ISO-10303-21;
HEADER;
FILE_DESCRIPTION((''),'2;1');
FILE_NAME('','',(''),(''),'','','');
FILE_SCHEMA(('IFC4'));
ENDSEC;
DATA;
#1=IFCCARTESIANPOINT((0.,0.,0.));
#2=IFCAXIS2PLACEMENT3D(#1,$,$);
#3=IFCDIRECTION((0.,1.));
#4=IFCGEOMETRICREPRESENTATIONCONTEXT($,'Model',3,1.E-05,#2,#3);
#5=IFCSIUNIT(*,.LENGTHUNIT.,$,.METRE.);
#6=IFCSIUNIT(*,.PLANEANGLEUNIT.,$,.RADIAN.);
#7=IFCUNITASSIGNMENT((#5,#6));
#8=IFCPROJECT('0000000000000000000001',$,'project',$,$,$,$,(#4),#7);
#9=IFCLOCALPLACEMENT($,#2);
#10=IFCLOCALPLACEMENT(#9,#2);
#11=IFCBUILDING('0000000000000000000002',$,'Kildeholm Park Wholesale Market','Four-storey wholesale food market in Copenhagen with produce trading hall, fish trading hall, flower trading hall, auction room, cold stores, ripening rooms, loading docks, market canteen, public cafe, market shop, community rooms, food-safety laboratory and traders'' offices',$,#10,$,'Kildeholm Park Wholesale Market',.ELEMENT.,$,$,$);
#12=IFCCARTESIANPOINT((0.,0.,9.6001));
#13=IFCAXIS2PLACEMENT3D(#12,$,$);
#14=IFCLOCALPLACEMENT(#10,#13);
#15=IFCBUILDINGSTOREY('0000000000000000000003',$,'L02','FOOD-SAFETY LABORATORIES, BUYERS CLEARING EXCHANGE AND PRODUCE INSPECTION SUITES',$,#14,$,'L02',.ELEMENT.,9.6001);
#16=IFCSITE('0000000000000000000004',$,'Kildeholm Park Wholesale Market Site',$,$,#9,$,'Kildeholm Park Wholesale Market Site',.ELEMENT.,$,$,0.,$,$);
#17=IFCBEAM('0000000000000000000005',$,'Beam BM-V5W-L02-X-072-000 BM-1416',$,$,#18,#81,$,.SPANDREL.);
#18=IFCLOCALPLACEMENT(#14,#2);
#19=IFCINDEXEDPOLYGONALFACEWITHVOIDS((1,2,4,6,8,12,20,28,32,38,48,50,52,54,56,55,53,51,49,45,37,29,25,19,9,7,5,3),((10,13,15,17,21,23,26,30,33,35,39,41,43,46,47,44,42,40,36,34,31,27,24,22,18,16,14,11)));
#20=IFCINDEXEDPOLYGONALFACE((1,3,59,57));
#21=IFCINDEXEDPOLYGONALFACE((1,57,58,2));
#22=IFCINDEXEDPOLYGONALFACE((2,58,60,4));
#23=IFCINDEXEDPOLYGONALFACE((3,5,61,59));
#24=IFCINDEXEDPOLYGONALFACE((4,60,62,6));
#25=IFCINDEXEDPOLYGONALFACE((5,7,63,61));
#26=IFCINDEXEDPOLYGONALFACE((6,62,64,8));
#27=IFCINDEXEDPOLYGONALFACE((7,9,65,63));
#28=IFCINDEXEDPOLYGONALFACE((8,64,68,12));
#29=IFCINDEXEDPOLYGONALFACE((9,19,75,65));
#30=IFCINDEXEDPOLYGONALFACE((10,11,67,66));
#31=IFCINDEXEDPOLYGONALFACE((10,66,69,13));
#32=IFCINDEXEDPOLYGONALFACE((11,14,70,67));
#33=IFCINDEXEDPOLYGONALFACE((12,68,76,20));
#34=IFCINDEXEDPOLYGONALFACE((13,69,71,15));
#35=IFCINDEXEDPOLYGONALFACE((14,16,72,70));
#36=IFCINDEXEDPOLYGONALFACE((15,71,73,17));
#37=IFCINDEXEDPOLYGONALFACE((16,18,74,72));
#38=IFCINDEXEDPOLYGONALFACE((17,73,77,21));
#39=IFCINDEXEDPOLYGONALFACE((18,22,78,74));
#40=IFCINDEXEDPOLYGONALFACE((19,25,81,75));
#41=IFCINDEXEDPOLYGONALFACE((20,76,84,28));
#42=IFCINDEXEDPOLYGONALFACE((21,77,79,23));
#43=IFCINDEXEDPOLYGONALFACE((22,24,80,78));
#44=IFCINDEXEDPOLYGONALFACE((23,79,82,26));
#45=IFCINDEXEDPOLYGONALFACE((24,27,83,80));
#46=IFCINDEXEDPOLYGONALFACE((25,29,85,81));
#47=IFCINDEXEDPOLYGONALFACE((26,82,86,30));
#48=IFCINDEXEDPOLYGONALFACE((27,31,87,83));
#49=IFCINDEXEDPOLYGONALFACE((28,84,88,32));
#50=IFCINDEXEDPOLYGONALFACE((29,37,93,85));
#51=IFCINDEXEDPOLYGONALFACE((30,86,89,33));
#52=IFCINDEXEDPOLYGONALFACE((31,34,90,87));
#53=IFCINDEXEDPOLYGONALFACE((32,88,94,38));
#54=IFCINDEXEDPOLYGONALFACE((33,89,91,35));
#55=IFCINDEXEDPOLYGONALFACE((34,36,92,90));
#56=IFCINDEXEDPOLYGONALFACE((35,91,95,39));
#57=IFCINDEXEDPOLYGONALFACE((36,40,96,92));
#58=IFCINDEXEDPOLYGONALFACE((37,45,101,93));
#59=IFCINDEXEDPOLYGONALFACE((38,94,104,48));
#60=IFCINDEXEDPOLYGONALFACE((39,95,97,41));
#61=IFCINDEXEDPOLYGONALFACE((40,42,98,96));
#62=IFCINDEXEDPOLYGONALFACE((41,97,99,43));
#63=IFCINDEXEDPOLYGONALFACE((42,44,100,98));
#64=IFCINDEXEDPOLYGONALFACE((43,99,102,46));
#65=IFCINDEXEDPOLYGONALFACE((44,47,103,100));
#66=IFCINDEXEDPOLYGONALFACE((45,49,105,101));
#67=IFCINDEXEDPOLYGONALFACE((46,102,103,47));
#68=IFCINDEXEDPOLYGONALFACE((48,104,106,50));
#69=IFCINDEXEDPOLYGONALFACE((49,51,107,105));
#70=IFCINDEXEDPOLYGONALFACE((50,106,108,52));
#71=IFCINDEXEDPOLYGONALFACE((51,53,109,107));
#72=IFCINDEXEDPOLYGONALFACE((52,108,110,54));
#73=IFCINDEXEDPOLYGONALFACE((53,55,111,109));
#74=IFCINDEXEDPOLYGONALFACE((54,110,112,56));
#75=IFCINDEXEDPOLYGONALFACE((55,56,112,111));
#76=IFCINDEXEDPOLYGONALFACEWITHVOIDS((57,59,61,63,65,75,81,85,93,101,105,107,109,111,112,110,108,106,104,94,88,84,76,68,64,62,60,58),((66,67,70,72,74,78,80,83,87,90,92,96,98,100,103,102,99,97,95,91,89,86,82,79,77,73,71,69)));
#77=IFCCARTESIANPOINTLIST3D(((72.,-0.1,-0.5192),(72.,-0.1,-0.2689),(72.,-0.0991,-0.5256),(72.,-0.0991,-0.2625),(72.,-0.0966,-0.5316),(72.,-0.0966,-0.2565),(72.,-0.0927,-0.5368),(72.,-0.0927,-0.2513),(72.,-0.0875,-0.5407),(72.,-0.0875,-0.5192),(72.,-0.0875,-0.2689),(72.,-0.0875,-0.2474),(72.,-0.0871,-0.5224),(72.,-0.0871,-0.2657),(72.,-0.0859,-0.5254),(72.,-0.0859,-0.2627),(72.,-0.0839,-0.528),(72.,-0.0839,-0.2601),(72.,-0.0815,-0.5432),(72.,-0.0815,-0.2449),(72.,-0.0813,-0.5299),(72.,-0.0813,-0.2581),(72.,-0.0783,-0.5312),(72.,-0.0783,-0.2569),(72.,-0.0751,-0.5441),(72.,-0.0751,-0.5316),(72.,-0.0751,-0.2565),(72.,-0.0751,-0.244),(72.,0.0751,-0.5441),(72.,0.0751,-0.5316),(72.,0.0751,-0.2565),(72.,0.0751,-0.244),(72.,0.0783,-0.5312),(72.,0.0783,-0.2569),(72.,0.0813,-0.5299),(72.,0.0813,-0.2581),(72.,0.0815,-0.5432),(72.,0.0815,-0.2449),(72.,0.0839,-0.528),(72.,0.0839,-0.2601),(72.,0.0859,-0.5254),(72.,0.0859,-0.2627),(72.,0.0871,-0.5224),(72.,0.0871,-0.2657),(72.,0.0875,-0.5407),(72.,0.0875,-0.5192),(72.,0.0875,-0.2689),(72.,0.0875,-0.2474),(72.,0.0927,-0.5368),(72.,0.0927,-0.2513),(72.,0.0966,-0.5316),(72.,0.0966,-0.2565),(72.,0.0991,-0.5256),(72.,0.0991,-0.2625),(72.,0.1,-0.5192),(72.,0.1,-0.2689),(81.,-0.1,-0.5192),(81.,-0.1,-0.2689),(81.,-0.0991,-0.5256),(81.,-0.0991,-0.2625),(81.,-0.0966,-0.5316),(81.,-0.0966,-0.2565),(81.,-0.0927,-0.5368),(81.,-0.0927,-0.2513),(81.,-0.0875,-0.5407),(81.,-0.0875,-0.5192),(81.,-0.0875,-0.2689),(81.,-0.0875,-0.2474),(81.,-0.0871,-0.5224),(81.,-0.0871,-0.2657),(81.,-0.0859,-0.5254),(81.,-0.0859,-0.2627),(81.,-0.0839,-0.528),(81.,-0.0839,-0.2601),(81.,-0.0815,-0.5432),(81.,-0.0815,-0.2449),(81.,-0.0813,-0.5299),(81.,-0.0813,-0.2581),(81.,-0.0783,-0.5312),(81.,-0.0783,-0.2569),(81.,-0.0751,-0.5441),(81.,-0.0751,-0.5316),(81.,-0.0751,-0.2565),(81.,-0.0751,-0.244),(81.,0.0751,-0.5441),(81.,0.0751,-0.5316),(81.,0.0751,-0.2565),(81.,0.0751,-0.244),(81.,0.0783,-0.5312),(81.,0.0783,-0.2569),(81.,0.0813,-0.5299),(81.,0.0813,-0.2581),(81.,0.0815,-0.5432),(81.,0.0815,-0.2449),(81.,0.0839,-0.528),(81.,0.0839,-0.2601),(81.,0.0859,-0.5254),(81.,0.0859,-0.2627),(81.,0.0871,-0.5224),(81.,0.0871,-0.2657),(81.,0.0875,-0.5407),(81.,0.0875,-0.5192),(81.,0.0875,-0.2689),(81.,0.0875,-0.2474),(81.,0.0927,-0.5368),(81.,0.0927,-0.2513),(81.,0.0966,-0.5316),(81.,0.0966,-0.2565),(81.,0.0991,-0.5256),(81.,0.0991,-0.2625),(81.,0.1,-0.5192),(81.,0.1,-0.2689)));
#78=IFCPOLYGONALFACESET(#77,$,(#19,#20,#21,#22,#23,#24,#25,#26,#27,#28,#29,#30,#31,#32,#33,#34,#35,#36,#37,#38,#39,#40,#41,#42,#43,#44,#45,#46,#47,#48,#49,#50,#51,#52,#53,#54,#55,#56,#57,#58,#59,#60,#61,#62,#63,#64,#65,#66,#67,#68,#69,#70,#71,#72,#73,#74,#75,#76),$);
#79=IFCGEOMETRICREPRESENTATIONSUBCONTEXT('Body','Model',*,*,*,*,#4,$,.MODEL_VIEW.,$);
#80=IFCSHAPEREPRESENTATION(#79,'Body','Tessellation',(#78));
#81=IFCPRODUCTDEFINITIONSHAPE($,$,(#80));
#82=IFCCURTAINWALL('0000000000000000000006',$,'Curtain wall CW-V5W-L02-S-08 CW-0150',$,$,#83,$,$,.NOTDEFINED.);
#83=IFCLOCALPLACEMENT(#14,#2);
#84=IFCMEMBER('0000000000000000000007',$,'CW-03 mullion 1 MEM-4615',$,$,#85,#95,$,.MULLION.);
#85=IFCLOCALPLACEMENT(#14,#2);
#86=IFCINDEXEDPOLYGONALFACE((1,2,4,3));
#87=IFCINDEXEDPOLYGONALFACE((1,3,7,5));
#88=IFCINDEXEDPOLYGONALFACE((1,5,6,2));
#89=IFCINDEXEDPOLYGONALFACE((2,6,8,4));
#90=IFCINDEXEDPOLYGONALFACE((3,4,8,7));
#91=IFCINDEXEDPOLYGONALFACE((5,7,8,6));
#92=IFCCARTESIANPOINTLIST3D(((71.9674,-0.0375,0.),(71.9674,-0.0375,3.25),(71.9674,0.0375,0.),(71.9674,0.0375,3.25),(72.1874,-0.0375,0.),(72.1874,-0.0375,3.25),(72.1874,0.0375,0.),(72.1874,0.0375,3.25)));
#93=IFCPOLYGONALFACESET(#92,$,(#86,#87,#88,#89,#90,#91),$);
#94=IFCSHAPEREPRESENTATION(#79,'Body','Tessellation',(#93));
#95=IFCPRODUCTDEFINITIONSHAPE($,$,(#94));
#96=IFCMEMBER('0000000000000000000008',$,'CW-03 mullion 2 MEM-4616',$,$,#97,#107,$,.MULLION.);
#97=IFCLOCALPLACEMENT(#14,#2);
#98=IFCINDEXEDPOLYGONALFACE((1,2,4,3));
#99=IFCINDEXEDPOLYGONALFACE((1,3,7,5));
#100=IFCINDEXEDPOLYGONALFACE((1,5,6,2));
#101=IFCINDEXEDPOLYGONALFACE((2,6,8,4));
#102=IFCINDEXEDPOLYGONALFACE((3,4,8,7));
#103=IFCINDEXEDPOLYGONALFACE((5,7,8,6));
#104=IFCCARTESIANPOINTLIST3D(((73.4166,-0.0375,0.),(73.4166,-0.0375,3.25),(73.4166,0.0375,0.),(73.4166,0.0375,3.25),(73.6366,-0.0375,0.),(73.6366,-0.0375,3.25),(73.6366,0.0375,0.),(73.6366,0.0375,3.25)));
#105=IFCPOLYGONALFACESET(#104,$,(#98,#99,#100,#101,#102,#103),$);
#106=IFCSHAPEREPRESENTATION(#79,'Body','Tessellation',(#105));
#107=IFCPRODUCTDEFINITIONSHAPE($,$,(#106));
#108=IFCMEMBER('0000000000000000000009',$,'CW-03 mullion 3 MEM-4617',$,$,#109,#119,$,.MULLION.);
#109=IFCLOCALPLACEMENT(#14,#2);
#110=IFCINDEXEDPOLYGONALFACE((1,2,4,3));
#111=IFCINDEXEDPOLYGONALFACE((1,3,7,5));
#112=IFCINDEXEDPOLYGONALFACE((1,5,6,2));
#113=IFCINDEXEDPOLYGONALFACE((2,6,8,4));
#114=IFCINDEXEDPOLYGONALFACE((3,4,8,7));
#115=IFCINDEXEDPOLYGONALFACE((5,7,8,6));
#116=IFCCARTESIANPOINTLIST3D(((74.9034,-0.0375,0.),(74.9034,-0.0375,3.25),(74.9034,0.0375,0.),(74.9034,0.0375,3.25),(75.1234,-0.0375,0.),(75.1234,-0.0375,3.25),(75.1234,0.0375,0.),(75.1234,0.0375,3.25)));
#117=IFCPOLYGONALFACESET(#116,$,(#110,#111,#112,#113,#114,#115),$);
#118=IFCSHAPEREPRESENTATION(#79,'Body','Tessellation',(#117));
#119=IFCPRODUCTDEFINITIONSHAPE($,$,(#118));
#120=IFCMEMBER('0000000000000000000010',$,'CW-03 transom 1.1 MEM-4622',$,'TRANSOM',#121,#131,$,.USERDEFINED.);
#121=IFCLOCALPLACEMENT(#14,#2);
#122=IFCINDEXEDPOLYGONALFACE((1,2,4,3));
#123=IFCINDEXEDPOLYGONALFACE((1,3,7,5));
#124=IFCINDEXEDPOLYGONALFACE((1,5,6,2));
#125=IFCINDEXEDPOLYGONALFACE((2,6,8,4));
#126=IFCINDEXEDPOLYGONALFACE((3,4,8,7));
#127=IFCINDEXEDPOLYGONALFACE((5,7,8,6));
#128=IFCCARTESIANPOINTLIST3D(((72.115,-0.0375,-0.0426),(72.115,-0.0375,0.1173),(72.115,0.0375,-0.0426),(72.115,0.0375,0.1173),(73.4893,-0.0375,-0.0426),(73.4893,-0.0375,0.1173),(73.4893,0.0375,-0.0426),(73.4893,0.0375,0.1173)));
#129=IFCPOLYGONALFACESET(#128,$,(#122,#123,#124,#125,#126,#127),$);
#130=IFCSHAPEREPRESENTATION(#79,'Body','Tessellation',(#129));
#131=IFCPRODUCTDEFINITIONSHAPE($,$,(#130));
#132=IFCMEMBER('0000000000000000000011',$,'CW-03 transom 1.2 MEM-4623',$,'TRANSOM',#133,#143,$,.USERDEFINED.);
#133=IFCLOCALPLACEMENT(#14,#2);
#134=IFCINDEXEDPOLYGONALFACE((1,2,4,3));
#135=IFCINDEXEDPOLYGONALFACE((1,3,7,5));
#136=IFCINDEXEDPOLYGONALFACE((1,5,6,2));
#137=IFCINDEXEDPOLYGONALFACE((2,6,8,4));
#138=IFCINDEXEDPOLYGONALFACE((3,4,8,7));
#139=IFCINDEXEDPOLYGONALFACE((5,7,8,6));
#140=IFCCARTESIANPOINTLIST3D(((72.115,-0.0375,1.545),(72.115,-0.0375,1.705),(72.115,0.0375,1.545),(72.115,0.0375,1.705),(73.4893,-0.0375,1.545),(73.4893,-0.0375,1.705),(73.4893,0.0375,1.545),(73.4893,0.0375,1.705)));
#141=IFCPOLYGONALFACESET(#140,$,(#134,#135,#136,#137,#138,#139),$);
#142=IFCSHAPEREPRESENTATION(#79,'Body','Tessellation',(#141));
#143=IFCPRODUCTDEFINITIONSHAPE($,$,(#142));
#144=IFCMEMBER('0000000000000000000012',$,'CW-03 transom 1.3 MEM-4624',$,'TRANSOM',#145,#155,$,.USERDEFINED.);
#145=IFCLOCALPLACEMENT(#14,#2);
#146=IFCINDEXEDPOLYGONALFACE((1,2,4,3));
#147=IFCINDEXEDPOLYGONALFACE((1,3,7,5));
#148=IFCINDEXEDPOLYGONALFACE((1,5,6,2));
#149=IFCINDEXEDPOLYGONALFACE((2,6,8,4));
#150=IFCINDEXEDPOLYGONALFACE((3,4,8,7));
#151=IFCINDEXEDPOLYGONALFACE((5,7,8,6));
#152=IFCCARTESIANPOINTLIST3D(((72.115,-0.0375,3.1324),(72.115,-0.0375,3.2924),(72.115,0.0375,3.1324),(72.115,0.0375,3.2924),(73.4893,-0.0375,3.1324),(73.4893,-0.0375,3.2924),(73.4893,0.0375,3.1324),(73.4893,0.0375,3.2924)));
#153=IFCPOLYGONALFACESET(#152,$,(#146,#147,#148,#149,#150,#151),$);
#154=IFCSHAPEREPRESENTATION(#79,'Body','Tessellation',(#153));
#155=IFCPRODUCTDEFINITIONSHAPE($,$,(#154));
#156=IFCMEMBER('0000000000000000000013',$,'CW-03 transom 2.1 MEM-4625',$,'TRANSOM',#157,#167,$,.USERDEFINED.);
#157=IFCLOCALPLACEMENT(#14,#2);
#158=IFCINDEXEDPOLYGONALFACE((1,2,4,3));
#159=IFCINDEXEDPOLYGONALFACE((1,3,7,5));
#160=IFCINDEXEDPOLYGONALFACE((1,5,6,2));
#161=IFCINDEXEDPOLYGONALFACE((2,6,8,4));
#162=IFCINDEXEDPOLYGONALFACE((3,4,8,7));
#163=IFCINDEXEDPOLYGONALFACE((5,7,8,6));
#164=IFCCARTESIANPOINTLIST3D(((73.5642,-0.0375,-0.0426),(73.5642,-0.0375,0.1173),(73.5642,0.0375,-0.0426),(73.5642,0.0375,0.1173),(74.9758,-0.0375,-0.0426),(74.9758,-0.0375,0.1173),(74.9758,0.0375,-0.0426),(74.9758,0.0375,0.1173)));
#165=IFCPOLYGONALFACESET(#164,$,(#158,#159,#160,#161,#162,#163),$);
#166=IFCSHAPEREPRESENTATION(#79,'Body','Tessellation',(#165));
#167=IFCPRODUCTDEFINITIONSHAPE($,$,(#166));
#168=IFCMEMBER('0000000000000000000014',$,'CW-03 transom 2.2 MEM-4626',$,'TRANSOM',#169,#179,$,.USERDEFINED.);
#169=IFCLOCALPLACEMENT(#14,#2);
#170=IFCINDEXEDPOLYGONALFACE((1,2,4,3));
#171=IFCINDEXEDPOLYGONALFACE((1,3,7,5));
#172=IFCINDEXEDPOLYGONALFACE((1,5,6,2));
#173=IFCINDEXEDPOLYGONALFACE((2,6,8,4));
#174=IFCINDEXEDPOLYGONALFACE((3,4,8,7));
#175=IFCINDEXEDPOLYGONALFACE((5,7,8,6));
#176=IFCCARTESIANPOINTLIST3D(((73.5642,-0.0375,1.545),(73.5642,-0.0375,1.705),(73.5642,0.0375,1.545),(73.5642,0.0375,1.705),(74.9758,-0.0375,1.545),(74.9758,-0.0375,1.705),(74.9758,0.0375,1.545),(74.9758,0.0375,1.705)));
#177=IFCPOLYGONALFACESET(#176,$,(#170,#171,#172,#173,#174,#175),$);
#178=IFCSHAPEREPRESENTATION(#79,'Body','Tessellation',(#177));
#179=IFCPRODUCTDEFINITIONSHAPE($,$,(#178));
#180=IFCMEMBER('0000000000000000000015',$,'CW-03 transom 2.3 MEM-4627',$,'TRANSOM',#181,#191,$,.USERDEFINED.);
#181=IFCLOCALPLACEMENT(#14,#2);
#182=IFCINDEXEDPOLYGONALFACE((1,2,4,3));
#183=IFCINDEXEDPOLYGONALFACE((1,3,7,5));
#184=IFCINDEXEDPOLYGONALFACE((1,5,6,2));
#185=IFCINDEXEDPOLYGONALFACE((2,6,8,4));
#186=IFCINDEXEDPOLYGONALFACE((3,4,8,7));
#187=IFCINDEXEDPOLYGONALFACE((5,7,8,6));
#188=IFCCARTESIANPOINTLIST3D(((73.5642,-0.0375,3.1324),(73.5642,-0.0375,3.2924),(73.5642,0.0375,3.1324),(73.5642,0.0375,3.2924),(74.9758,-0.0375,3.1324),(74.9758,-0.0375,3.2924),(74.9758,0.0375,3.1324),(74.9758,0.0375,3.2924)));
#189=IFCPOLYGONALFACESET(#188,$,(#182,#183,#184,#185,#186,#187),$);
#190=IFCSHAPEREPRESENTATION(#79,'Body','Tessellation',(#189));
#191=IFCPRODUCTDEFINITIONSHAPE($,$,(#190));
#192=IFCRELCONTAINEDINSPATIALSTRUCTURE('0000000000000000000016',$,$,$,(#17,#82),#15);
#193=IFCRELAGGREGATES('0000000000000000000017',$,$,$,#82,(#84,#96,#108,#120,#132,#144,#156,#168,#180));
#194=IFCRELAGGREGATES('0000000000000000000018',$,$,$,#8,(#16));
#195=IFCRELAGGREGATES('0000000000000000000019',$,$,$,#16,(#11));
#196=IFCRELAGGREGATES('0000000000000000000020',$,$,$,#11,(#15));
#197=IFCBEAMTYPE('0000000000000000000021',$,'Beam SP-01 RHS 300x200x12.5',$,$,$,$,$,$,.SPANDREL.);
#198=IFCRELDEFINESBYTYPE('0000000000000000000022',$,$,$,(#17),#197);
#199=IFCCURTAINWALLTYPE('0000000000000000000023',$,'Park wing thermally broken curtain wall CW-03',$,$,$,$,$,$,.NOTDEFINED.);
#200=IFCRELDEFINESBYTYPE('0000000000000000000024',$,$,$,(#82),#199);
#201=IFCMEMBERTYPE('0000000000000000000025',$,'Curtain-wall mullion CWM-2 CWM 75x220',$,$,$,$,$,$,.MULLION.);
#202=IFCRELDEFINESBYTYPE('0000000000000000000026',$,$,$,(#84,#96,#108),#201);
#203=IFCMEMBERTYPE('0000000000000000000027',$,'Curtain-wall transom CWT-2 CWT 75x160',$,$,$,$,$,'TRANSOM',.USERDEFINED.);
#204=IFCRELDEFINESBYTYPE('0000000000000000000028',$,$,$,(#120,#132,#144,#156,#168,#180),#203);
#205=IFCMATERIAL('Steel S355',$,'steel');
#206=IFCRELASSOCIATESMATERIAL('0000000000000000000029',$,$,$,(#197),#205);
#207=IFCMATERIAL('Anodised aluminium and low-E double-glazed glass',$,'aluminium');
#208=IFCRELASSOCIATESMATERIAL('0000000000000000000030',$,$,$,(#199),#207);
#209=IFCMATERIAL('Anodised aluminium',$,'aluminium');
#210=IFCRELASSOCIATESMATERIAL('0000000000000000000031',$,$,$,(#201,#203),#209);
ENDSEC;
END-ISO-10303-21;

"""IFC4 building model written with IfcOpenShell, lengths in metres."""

from ifc_helpers import new_model, si_unit, direction, frame, origin, origin_2d, place, context, subcontext, project, spatial, rectangle, hollow_rectangle, extrude, material, material_profile, profile_set, type_object, element, aggregate, save


model = new_model("IFC4")

# Units and contexts
model_context = context("Model", 3, precision=1e-05, world=origin(), true_north=direction((0.0, 1.0)))
body_context = subcontext(model_context, "Body", "Model", "MODEL_VIEW")
ifc_project = project(units=[si_unit("LENGTHUNIT", "METRE"), si_unit("PLANEANGLEUNIT", "RADIAN")], contexts=[model_context])

# Site, building, storey
site_placement = place(None, origin())
site = spatial("IfcSite", under=ifc_project, at=site_placement, Name="Kildeholm Park Wholesale Market Site", LongName="Kildeholm Park Wholesale Market Site", CompositionType="ELEMENT", RefElevation=0.0)
building_placement = place(site_placement, origin())
building = spatial("IfcBuilding", under=site, at=building_placement, Name="Kildeholm Park Wholesale Market", Description="Four-storey wholesale food market in Copenhagen with produce trading hall, fish trading hall, flower trading hall, auction room, cold stores, ripening rooms, loading docks, market canteen, public cafe, market shop, community rooms, food-safety laboratory and traders' offices", LongName="Kildeholm Park Wholesale Market", CompositionType="ELEMENT")
storey_placement = place(building_placement, frame((0.0, 0.0, 9.6001)))
storey = spatial("IfcBuildingStorey", under=building, at=storey_placement, Name="L02", Description="FOOD-SAFETY LABORATORIES, BUYERS CLEARING EXCHANGE AND PRODUCE INSPECTION SUITES", LongName="L02", CompositionType="ELEMENT", Elevation=9.6001)

# Shared definitions
ifc_material_1 = material(Name="Steel S355", Category="steel")

# Beam
ifc_material_profile_1 = material_profile(ifc_material_1, hollow_rectangle(XDim=0.2, YDim=0.3, WallThickness=0.0125, InnerFilletRadius=0.0125, OuterFilletRadius=0.0249, at=origin_2d()), Name="RHS 300x200x12.5")
ifc_profile_set_1 = profile_set([ifc_material_profile_1], Name="Steel S355")
beam_type_1 = type_object("IfcBeamType", Name="Beam SP-01 RHS 300x200x12.5", PredefinedType="SPANDREL", material=ifc_profile_set_1)
beam_1_placement = place(storey_placement, frame((72.0, 0.0, -0.394), z_axis=(1.0, 0.0, 0.0), x_axis=(0.0, 1.0, 0.0)))
element("IfcBeam", 1, at=beam_1_placement, inside=storey, type_object=beam_type_1, Name="Beam BM-V5W-L02-X-072-000 BM-1416", PredefinedType="SPANDREL", context=body_context, shape_type="SweptSolid", body=[
    extrude(hollow_rectangle(XDim=0.2, YDim=0.3, WallThickness=0.0125, InnerFilletRadius=0.0125, OuterFilletRadius=0.0249, at=origin_2d()), origin(), (0.0, 0.0, 1.0), 9.0),
])

# Curtain wall, members
ifc_material_2 = material(Name="Anodised aluminium and low-E double-glazed glass", Category="aluminium")
curtain_wall_type = type_object("IfcCurtainWallType", Name="Park wing thermally broken curtain wall CW-03", PredefinedType="NOTDEFINED", material=ifc_material_2)
curtain_wall_placement = place(storey_placement, origin())
curtain_wall = element("IfcCurtainWall", 2, at=curtain_wall_placement, inside=storey, type_object=curtain_wall_type, Name="Curtain wall CW-V5W-L02-S-08 CW-0150", PredefinedType="NOTDEFINED")
ifc_material_3 = material(Name="Anodised aluminium", Category="aluminium")
ifc_material_profile_2 = material_profile(ifc_material_3, rectangle(XDim=0.075, YDim=0.22, at=origin_2d()), Name="CWM 75x220")
ifc_profile_set_2 = profile_set([ifc_material_profile_2], Name="Anodised aluminium")
member_type_1 = type_object("IfcMemberType", Name="Curtain-wall mullion CWM-2 CWM 75x220", PredefinedType="MULLION", material=ifc_profile_set_2)
member_1_placement = place(storey_placement, frame((72.0774, 0.0, 0.0), z_axis=(0.0, 0.0, 1.0), x_axis=(0.0, 1.0, 0.0)))
member_1 = element("IfcMember", 3, at=member_1_placement, type_object=member_type_1, Name="CW-03 mullion 1 MEM-4615", PredefinedType="MULLION", context=body_context, shape_type="SweptSolid", body=[
    extrude(rectangle(XDim=0.075, YDim=0.22, at=origin_2d()), origin(), (0.0, 0.0, 1.0), 3.25),
])
member_2_placement = place(storey_placement, frame((73.5266, 0.0, 0.0), z_axis=(0.0, 0.0, 1.0), x_axis=(0.0, 1.0, 0.0)))
member_2 = element("IfcMember", 4, at=member_2_placement, type_object=member_type_1, Name="CW-03 mullion 2 MEM-4616", PredefinedType="MULLION", context=body_context, shape_type="SweptSolid", body=[
    extrude(rectangle(XDim=0.075, YDim=0.22, at=origin_2d()), origin(), (0.0, 0.0, 1.0), 3.25),
])
member_3_placement = place(storey_placement, frame((75.0134, 0.0, 0.0), z_axis=(0.0, 0.0, 1.0), x_axis=(0.0, 1.0, 0.0)))
member_3 = element("IfcMember", 5, at=member_3_placement, type_object=member_type_1, Name="CW-03 mullion 3 MEM-4617", PredefinedType="MULLION", context=body_context, shape_type="SweptSolid", body=[
    extrude(rectangle(XDim=0.075, YDim=0.22, at=origin_2d()), origin(), (0.0, 0.0, 1.0), 3.25),
])
ifc_material_profile_3 = material_profile(ifc_material_3, rectangle(XDim=0.075, YDim=0.1599, at=origin_2d()), Name="CWT 75x160")
ifc_profile_set_3 = profile_set([ifc_material_profile_3], Name="Anodised aluminium")
member_type_2 = type_object("IfcMemberType", Name="Curtain-wall transom CWT-2 CWT 75x160", ElementType="TRANSOM", PredefinedType="USERDEFINED", material=ifc_profile_set_3)
member_4_placement = place(storey_placement, frame((72.115, 0.0, 0.0374), z_axis=(1.0, 0.0, 0.0), x_axis=(0.0, 1.0, 0.0)))
member_4 = element("IfcMember", 6, at=member_4_placement, type_object=member_type_2, Name="CW-03 transom 1.1 MEM-4622", ObjectType="TRANSOM", PredefinedType="USERDEFINED", context=body_context, shape_type="SweptSolid", body=[
    extrude(rectangle(XDim=0.075, YDim=0.1599, at=origin_2d()), origin(), (0.0, 0.0, 1.0), 1.3743),
])
member_5_placement = place(storey_placement, frame((72.115, 0.0, 1.625), z_axis=(1.0, 0.0, 0.0), x_axis=(0.0, 1.0, 0.0)))
member_5 = element("IfcMember", 7, at=member_5_placement, type_object=member_type_2, Name="CW-03 transom 1.2 MEM-4623", ObjectType="TRANSOM", PredefinedType="USERDEFINED", context=body_context, shape_type="SweptSolid", body=[
    extrude(rectangle(XDim=0.075, YDim=0.1599, at=origin_2d()), origin(), (0.0, 0.0, 1.0), 1.3743),
])
member_6_placement = place(storey_placement, frame((72.115, 0.0, 3.2124), z_axis=(1.0, 0.0, 0.0), x_axis=(0.0, 1.0, 0.0)))
member_6 = element("IfcMember", 8, at=member_6_placement, type_object=member_type_2, Name="CW-03 transom 1.3 MEM-4624", ObjectType="TRANSOM", PredefinedType="USERDEFINED", context=body_context, shape_type="SweptSolid", body=[
    extrude(rectangle(XDim=0.075, YDim=0.1599, at=origin_2d()), origin(), (0.0, 0.0, 1.0), 1.3743),
])
member_7_placement = place(storey_placement, frame((73.5642, 0.0, 0.0374), z_axis=(1.0, 0.0, 0.0), x_axis=(0.0, 1.0, 0.0)))
member_7 = element("IfcMember", 9, at=member_7_placement, type_object=member_type_2, Name="CW-03 transom 2.1 MEM-4625", ObjectType="TRANSOM", PredefinedType="USERDEFINED", context=body_context, shape_type="SweptSolid", body=[
    extrude(rectangle(XDim=0.075, YDim=0.1599, at=origin_2d()), origin(), (0.0, 0.0, 1.0), 1.4116),
])
member_8_placement = place(storey_placement, frame((73.5642, 0.0, 1.625), z_axis=(1.0, 0.0, 0.0), x_axis=(0.0, 1.0, 0.0)))
member_8 = element("IfcMember", 10, at=member_8_placement, type_object=member_type_2, Name="CW-03 transom 2.2 MEM-4626", ObjectType="TRANSOM", PredefinedType="USERDEFINED", context=body_context, shape_type="SweptSolid", body=[
    extrude(rectangle(XDim=0.075, YDim=0.1599, at=origin_2d()), origin(), (0.0, 0.0, 1.0), 1.4116),
])
member_9_placement = place(storey_placement, frame((73.5642, 0.0, 3.2124), z_axis=(1.0, 0.0, 0.0), x_axis=(0.0, 1.0, 0.0)))
member_9 = element("IfcMember", 11, at=member_9_placement, type_object=member_type_2, Name="CW-03 transom 2.3 MEM-4627", ObjectType="TRANSOM", PredefinedType="USERDEFINED", context=body_context, shape_type="SweptSolid", body=[
    extrude(rectangle(XDim=0.075, YDim=0.1599, at=origin_2d()), origin(), (0.0, 0.0, 1.0), 1.4116),
])
aggregate(curtain_wall, [member_1, member_2, member_3, member_4, member_5, member_6, member_7, member_8, member_9])

save(model, "model.ifc")
